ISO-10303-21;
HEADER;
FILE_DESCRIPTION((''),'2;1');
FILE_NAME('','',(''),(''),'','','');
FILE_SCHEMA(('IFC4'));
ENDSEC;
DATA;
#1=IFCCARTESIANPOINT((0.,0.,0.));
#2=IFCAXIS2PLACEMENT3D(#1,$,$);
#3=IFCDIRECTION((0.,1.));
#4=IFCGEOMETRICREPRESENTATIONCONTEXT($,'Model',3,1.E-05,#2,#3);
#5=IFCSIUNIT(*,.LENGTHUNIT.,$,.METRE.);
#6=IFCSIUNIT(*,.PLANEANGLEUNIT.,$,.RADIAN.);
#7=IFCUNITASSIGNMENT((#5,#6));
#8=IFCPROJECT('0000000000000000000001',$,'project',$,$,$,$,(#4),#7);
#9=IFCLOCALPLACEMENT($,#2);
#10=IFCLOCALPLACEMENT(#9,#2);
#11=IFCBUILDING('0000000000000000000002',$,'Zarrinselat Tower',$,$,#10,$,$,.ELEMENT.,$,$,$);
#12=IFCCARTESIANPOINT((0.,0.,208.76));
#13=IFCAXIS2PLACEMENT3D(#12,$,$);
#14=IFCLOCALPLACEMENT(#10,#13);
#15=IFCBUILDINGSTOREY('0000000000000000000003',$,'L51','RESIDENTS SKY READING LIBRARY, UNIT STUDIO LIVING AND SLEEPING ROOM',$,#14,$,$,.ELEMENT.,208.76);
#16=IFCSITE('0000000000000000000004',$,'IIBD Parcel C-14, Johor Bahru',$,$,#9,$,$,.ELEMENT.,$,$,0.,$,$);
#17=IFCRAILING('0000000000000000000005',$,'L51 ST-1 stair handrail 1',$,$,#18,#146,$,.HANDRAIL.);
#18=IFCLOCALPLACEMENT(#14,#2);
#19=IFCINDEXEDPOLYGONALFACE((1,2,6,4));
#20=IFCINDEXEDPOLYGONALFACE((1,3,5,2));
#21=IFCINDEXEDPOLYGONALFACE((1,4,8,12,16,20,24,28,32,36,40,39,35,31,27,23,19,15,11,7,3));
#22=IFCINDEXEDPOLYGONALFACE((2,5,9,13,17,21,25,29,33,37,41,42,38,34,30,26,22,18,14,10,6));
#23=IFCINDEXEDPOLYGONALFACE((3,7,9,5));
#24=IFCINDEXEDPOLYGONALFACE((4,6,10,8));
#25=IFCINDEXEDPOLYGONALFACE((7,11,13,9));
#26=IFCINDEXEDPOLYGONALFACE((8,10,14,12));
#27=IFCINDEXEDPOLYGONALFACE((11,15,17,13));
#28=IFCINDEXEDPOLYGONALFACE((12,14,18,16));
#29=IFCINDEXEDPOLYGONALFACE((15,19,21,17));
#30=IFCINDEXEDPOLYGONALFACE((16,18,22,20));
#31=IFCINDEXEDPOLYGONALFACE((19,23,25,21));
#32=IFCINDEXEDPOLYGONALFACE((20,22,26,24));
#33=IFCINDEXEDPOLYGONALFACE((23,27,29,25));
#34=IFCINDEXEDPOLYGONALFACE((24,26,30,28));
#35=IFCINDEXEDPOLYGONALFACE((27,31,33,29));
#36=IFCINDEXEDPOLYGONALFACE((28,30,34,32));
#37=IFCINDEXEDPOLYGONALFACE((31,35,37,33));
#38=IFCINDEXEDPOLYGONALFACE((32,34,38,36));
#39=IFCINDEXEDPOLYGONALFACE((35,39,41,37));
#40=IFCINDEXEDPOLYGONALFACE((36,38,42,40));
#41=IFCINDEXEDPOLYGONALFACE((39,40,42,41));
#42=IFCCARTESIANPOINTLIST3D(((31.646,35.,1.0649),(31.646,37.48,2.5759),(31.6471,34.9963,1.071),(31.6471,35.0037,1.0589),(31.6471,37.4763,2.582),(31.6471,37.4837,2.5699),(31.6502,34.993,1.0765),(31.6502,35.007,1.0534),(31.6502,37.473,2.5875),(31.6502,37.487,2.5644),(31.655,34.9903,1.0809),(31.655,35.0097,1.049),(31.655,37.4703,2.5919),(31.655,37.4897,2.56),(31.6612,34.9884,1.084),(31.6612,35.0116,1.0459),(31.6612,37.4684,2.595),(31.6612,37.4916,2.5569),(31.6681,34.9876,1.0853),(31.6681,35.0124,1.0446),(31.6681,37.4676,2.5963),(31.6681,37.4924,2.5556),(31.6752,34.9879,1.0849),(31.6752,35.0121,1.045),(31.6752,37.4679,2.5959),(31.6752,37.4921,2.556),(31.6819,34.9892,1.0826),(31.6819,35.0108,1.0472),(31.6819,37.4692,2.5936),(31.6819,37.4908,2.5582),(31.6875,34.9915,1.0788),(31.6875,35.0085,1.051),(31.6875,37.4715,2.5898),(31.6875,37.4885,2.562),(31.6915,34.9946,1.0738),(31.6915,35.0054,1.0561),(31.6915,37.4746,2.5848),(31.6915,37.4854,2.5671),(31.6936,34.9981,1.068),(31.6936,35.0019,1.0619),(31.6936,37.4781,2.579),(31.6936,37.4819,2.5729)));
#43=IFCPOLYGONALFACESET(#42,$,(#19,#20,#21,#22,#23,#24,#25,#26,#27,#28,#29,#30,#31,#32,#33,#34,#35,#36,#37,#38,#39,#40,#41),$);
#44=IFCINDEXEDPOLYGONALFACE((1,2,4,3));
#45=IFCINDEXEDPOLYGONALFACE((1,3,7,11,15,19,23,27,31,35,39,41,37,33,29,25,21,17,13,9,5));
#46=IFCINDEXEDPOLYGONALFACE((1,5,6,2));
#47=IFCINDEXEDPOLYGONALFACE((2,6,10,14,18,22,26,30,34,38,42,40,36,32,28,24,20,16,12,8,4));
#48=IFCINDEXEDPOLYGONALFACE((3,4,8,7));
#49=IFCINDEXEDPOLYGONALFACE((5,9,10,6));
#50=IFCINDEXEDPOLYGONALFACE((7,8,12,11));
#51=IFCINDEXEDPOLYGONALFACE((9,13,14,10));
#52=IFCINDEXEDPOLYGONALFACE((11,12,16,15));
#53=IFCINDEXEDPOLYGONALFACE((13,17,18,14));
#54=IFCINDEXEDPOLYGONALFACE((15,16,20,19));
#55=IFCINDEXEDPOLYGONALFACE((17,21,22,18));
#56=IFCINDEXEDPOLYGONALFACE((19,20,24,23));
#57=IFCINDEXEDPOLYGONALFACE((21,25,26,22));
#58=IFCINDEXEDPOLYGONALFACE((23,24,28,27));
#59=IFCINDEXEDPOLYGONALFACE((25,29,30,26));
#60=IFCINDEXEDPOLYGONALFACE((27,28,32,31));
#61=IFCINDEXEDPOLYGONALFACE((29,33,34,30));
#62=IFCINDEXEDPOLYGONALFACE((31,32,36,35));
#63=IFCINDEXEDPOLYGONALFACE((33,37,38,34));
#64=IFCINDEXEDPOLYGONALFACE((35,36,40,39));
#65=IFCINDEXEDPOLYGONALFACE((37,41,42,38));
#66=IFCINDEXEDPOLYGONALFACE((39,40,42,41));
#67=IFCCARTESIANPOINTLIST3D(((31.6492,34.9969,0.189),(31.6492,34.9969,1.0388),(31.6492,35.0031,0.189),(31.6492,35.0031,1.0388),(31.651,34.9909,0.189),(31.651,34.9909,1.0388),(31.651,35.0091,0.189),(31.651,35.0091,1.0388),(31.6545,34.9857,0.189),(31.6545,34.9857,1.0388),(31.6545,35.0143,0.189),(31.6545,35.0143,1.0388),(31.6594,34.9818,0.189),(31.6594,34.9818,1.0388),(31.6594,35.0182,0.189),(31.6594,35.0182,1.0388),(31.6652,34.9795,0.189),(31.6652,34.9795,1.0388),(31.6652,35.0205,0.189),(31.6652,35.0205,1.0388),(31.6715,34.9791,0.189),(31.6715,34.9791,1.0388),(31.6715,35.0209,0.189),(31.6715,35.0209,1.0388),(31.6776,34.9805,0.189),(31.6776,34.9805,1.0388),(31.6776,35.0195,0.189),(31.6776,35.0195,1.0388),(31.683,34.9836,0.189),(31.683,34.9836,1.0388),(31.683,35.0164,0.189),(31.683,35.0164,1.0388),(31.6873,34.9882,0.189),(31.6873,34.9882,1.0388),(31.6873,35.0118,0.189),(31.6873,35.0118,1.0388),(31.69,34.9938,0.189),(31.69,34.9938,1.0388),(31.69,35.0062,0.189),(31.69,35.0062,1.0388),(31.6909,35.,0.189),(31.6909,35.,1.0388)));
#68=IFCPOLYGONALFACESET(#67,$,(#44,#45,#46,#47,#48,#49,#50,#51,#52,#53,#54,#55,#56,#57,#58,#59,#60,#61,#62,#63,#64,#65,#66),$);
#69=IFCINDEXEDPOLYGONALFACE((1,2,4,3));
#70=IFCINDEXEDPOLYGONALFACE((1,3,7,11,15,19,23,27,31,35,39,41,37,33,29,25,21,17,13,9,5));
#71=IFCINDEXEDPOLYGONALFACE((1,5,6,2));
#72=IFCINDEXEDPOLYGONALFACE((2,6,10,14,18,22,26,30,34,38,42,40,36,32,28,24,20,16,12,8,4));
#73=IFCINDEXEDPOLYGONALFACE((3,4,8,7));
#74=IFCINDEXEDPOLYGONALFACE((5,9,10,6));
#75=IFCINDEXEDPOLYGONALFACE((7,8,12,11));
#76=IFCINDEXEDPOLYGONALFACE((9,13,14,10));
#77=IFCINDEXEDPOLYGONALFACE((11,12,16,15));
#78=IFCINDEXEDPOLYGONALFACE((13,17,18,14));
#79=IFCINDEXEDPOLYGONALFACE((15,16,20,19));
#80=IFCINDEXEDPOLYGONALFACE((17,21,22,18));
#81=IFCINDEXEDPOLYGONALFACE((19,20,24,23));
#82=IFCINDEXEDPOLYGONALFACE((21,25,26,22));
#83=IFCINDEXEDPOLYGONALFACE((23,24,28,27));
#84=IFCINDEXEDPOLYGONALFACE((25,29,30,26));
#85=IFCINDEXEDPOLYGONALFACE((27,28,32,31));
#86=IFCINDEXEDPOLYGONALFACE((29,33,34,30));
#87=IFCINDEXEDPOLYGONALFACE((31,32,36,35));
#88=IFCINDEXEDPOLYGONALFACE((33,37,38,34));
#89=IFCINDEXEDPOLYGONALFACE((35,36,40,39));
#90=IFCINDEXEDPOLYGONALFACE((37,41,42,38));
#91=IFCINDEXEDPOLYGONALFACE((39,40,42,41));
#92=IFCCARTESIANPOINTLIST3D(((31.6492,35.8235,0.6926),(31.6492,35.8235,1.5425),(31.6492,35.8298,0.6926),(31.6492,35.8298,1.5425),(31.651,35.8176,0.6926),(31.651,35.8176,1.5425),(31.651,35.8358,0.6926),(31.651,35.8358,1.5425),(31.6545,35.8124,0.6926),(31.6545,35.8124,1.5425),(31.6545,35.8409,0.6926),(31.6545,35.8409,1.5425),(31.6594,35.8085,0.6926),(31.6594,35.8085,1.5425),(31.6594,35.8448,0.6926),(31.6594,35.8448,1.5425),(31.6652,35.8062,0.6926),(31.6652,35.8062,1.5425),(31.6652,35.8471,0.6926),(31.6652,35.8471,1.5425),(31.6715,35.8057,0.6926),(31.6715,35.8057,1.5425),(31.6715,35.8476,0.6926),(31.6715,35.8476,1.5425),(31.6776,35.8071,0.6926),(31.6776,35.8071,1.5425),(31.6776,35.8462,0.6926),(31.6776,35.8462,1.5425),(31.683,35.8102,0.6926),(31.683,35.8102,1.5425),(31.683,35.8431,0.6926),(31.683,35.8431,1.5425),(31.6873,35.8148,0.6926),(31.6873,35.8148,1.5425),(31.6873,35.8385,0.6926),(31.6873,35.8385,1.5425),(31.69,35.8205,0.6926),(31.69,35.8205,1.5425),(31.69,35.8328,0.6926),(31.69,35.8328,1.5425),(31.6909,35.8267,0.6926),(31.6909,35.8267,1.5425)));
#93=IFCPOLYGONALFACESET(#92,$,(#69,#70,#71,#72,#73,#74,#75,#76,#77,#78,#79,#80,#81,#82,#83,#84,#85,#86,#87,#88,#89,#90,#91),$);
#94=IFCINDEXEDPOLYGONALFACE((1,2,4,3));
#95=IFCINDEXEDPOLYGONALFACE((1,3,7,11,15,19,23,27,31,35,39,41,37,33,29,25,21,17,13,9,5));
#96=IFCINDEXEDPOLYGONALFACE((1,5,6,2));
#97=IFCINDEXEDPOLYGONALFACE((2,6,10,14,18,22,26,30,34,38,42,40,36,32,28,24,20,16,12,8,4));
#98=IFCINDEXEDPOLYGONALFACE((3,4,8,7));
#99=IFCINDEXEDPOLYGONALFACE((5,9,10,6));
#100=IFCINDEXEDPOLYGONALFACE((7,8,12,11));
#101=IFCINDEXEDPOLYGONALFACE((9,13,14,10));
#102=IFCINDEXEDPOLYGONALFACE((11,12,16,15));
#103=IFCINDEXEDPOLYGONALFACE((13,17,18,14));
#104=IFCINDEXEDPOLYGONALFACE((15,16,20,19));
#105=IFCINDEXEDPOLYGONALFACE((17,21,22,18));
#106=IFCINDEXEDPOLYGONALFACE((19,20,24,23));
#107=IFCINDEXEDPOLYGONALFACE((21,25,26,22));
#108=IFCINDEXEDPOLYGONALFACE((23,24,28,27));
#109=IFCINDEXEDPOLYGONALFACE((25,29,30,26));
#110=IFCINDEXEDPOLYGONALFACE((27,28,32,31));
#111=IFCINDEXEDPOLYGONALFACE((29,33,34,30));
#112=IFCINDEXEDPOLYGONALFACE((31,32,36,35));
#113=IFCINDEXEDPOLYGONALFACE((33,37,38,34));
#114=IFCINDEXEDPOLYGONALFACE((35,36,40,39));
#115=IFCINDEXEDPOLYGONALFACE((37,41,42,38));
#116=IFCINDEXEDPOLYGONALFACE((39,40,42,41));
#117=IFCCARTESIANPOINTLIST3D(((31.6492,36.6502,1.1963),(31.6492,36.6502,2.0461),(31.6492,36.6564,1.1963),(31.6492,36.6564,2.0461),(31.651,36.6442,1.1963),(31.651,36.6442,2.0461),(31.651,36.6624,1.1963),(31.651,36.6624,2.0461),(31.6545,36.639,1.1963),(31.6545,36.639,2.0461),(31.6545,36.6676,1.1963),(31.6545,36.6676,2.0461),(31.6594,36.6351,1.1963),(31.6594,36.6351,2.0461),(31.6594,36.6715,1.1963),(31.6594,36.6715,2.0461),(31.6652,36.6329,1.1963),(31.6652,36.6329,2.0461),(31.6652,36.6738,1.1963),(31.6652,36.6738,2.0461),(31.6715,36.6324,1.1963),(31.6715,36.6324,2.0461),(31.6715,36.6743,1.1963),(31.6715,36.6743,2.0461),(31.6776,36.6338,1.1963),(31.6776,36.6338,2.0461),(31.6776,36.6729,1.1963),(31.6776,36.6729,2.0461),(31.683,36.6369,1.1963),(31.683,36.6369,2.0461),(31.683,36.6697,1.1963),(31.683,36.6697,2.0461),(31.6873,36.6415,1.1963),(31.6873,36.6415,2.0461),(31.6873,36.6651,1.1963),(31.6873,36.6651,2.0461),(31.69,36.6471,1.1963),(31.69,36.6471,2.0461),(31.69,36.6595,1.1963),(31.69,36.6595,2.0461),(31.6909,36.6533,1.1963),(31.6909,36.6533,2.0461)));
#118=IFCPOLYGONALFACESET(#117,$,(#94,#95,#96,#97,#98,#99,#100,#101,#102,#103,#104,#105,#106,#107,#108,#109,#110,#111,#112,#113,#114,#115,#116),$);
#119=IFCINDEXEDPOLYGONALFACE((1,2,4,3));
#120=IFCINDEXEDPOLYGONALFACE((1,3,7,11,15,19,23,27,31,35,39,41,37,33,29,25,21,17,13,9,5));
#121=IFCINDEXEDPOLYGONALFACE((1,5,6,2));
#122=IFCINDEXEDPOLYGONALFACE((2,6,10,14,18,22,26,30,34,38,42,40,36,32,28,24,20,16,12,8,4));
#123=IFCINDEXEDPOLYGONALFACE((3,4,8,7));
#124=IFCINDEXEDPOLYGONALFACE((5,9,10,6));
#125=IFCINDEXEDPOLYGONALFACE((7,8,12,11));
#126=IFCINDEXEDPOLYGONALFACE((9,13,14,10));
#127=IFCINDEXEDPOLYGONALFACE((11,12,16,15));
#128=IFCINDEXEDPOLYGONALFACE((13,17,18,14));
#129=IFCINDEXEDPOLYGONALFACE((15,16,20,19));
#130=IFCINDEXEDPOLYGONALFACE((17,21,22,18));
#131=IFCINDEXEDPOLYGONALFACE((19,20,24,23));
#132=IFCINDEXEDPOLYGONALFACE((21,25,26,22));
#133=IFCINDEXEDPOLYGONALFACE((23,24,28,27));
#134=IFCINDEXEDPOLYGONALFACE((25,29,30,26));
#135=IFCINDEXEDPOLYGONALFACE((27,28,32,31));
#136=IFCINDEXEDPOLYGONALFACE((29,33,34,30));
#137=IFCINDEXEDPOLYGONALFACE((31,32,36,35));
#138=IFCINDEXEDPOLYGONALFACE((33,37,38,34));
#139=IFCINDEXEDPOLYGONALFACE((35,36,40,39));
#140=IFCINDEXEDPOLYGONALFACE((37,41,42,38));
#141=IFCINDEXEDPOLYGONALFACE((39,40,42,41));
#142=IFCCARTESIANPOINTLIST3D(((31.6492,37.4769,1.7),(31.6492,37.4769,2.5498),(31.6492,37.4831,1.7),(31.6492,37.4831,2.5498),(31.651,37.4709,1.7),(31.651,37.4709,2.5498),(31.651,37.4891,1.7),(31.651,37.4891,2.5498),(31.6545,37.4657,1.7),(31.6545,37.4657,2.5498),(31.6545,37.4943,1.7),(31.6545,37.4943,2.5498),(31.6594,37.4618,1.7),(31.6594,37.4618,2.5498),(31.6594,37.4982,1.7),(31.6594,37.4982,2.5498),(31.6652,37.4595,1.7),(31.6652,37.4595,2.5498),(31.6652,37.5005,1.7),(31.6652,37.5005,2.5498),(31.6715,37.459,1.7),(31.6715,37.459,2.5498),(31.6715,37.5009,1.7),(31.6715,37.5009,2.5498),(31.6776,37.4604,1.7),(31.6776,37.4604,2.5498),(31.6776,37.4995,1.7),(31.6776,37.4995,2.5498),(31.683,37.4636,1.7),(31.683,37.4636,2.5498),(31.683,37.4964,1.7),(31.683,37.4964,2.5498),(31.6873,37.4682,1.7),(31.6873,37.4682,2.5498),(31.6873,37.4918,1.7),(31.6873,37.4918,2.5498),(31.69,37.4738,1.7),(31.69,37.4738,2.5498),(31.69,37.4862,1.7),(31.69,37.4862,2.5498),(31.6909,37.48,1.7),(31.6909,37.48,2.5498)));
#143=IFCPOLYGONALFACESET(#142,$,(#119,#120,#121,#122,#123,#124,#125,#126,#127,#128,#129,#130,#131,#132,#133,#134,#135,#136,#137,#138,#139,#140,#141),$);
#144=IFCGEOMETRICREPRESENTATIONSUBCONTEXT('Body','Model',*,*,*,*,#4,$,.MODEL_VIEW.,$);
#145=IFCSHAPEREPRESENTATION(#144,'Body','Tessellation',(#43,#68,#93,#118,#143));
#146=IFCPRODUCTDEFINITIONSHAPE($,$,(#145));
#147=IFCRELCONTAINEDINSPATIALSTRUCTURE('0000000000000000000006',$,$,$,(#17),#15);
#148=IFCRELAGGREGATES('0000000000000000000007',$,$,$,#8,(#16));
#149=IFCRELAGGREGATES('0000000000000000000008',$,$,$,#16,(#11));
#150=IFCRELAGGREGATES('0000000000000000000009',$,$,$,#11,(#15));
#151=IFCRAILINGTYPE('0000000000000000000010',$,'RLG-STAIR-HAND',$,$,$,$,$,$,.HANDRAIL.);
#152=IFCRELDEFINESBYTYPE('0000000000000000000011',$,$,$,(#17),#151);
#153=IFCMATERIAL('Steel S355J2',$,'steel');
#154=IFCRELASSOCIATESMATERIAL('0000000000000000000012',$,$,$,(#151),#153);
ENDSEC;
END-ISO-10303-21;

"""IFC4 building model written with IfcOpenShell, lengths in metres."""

from ifc_helpers import new_model, si_unit, direction, frame, origin, origin_2d, place, context, subcontext, project, spatial, circle, extrude, material, type_object, element, save


model = new_model("IFC4")

# Units and contexts
model_context = context("Model", 3, precision=1e-05, world=origin(), true_north=direction((0.0, 1.0)))
body_context = subcontext(model_context, "Body", "Model", "MODEL_VIEW")
ifc_project = project(units=[si_unit("LENGTHUNIT", "METRE"), si_unit("PLANEANGLEUNIT", "RADIAN")], contexts=[model_context])

# Site, building, storey
site_placement = place(None, origin())
site = spatial("IfcSite", under=ifc_project, at=site_placement, Name="IIBD Parcel C-14, Johor Bahru", CompositionType="ELEMENT", RefElevation=0.0)
building_placement = place(site_placement, origin())
building = spatial("IfcBuilding", under=site, at=building_placement, Name="Zarrinselat Tower", CompositionType="ELEMENT")
storey_placement = place(building_placement, frame((0.0, 0.0, 208.76)))
storey = spatial("IfcBuildingStorey", under=building, at=storey_placement, Name="L51", Description="RESIDENTS SKY READING LIBRARY, UNIT STUDIO LIVING AND SLEEPING ROOM", CompositionType="ELEMENT", Elevation=208.76)

# Railing
ifc_material_1 = material(Name="Steel S355J2", Category="steel")
railing_type_1 = type_object("IfcRailingType", Name="RLG-STAIR-HAND", PredefinedType="HANDRAIL", material=ifc_material_1)
railing_1_placement = place(storey_placement, frame((31.6699, 35.0, 0.189)))
element("IfcRailing", 1, at=railing_1_placement, inside=storey, type_object=railing_type_1, Name="L51 ST-1 stair handrail 1", PredefinedType="HANDRAIL", context=body_context, shape_type="SweptSolid", body=[
    extrude(circle(Radius=0.0239, at=origin_2d()), frame((0.0, 0.0, 0.876), z_axis=(0.0, 0.853979, 0.520307), x_axis=(-1.0, 0.0, 0.0)), (0.0, 0.0, 1.0), 2.9041),
    extrude(circle(Radius=0.021, at=origin_2d()), origin(), (0.0, 0.0, 1.0), 0.8499),
    extrude(circle(Radius=0.021, at=origin_2d()), frame((0.0, 0.8267, 0.5037)), (0.0, 0.0, 1.0), 0.8499),
    extrude(circle(Radius=0.021, at=origin_2d()), frame((0.0, 1.6533, 1.0073)), (0.0, 0.0, 1.0), 0.8499),
    extrude(circle(Radius=0.021, at=origin_2d()), frame((0.0, 2.48, 1.511)), (0.0, 0.0, 1.0), 0.8499),
])

save(model, "model.ifc")
